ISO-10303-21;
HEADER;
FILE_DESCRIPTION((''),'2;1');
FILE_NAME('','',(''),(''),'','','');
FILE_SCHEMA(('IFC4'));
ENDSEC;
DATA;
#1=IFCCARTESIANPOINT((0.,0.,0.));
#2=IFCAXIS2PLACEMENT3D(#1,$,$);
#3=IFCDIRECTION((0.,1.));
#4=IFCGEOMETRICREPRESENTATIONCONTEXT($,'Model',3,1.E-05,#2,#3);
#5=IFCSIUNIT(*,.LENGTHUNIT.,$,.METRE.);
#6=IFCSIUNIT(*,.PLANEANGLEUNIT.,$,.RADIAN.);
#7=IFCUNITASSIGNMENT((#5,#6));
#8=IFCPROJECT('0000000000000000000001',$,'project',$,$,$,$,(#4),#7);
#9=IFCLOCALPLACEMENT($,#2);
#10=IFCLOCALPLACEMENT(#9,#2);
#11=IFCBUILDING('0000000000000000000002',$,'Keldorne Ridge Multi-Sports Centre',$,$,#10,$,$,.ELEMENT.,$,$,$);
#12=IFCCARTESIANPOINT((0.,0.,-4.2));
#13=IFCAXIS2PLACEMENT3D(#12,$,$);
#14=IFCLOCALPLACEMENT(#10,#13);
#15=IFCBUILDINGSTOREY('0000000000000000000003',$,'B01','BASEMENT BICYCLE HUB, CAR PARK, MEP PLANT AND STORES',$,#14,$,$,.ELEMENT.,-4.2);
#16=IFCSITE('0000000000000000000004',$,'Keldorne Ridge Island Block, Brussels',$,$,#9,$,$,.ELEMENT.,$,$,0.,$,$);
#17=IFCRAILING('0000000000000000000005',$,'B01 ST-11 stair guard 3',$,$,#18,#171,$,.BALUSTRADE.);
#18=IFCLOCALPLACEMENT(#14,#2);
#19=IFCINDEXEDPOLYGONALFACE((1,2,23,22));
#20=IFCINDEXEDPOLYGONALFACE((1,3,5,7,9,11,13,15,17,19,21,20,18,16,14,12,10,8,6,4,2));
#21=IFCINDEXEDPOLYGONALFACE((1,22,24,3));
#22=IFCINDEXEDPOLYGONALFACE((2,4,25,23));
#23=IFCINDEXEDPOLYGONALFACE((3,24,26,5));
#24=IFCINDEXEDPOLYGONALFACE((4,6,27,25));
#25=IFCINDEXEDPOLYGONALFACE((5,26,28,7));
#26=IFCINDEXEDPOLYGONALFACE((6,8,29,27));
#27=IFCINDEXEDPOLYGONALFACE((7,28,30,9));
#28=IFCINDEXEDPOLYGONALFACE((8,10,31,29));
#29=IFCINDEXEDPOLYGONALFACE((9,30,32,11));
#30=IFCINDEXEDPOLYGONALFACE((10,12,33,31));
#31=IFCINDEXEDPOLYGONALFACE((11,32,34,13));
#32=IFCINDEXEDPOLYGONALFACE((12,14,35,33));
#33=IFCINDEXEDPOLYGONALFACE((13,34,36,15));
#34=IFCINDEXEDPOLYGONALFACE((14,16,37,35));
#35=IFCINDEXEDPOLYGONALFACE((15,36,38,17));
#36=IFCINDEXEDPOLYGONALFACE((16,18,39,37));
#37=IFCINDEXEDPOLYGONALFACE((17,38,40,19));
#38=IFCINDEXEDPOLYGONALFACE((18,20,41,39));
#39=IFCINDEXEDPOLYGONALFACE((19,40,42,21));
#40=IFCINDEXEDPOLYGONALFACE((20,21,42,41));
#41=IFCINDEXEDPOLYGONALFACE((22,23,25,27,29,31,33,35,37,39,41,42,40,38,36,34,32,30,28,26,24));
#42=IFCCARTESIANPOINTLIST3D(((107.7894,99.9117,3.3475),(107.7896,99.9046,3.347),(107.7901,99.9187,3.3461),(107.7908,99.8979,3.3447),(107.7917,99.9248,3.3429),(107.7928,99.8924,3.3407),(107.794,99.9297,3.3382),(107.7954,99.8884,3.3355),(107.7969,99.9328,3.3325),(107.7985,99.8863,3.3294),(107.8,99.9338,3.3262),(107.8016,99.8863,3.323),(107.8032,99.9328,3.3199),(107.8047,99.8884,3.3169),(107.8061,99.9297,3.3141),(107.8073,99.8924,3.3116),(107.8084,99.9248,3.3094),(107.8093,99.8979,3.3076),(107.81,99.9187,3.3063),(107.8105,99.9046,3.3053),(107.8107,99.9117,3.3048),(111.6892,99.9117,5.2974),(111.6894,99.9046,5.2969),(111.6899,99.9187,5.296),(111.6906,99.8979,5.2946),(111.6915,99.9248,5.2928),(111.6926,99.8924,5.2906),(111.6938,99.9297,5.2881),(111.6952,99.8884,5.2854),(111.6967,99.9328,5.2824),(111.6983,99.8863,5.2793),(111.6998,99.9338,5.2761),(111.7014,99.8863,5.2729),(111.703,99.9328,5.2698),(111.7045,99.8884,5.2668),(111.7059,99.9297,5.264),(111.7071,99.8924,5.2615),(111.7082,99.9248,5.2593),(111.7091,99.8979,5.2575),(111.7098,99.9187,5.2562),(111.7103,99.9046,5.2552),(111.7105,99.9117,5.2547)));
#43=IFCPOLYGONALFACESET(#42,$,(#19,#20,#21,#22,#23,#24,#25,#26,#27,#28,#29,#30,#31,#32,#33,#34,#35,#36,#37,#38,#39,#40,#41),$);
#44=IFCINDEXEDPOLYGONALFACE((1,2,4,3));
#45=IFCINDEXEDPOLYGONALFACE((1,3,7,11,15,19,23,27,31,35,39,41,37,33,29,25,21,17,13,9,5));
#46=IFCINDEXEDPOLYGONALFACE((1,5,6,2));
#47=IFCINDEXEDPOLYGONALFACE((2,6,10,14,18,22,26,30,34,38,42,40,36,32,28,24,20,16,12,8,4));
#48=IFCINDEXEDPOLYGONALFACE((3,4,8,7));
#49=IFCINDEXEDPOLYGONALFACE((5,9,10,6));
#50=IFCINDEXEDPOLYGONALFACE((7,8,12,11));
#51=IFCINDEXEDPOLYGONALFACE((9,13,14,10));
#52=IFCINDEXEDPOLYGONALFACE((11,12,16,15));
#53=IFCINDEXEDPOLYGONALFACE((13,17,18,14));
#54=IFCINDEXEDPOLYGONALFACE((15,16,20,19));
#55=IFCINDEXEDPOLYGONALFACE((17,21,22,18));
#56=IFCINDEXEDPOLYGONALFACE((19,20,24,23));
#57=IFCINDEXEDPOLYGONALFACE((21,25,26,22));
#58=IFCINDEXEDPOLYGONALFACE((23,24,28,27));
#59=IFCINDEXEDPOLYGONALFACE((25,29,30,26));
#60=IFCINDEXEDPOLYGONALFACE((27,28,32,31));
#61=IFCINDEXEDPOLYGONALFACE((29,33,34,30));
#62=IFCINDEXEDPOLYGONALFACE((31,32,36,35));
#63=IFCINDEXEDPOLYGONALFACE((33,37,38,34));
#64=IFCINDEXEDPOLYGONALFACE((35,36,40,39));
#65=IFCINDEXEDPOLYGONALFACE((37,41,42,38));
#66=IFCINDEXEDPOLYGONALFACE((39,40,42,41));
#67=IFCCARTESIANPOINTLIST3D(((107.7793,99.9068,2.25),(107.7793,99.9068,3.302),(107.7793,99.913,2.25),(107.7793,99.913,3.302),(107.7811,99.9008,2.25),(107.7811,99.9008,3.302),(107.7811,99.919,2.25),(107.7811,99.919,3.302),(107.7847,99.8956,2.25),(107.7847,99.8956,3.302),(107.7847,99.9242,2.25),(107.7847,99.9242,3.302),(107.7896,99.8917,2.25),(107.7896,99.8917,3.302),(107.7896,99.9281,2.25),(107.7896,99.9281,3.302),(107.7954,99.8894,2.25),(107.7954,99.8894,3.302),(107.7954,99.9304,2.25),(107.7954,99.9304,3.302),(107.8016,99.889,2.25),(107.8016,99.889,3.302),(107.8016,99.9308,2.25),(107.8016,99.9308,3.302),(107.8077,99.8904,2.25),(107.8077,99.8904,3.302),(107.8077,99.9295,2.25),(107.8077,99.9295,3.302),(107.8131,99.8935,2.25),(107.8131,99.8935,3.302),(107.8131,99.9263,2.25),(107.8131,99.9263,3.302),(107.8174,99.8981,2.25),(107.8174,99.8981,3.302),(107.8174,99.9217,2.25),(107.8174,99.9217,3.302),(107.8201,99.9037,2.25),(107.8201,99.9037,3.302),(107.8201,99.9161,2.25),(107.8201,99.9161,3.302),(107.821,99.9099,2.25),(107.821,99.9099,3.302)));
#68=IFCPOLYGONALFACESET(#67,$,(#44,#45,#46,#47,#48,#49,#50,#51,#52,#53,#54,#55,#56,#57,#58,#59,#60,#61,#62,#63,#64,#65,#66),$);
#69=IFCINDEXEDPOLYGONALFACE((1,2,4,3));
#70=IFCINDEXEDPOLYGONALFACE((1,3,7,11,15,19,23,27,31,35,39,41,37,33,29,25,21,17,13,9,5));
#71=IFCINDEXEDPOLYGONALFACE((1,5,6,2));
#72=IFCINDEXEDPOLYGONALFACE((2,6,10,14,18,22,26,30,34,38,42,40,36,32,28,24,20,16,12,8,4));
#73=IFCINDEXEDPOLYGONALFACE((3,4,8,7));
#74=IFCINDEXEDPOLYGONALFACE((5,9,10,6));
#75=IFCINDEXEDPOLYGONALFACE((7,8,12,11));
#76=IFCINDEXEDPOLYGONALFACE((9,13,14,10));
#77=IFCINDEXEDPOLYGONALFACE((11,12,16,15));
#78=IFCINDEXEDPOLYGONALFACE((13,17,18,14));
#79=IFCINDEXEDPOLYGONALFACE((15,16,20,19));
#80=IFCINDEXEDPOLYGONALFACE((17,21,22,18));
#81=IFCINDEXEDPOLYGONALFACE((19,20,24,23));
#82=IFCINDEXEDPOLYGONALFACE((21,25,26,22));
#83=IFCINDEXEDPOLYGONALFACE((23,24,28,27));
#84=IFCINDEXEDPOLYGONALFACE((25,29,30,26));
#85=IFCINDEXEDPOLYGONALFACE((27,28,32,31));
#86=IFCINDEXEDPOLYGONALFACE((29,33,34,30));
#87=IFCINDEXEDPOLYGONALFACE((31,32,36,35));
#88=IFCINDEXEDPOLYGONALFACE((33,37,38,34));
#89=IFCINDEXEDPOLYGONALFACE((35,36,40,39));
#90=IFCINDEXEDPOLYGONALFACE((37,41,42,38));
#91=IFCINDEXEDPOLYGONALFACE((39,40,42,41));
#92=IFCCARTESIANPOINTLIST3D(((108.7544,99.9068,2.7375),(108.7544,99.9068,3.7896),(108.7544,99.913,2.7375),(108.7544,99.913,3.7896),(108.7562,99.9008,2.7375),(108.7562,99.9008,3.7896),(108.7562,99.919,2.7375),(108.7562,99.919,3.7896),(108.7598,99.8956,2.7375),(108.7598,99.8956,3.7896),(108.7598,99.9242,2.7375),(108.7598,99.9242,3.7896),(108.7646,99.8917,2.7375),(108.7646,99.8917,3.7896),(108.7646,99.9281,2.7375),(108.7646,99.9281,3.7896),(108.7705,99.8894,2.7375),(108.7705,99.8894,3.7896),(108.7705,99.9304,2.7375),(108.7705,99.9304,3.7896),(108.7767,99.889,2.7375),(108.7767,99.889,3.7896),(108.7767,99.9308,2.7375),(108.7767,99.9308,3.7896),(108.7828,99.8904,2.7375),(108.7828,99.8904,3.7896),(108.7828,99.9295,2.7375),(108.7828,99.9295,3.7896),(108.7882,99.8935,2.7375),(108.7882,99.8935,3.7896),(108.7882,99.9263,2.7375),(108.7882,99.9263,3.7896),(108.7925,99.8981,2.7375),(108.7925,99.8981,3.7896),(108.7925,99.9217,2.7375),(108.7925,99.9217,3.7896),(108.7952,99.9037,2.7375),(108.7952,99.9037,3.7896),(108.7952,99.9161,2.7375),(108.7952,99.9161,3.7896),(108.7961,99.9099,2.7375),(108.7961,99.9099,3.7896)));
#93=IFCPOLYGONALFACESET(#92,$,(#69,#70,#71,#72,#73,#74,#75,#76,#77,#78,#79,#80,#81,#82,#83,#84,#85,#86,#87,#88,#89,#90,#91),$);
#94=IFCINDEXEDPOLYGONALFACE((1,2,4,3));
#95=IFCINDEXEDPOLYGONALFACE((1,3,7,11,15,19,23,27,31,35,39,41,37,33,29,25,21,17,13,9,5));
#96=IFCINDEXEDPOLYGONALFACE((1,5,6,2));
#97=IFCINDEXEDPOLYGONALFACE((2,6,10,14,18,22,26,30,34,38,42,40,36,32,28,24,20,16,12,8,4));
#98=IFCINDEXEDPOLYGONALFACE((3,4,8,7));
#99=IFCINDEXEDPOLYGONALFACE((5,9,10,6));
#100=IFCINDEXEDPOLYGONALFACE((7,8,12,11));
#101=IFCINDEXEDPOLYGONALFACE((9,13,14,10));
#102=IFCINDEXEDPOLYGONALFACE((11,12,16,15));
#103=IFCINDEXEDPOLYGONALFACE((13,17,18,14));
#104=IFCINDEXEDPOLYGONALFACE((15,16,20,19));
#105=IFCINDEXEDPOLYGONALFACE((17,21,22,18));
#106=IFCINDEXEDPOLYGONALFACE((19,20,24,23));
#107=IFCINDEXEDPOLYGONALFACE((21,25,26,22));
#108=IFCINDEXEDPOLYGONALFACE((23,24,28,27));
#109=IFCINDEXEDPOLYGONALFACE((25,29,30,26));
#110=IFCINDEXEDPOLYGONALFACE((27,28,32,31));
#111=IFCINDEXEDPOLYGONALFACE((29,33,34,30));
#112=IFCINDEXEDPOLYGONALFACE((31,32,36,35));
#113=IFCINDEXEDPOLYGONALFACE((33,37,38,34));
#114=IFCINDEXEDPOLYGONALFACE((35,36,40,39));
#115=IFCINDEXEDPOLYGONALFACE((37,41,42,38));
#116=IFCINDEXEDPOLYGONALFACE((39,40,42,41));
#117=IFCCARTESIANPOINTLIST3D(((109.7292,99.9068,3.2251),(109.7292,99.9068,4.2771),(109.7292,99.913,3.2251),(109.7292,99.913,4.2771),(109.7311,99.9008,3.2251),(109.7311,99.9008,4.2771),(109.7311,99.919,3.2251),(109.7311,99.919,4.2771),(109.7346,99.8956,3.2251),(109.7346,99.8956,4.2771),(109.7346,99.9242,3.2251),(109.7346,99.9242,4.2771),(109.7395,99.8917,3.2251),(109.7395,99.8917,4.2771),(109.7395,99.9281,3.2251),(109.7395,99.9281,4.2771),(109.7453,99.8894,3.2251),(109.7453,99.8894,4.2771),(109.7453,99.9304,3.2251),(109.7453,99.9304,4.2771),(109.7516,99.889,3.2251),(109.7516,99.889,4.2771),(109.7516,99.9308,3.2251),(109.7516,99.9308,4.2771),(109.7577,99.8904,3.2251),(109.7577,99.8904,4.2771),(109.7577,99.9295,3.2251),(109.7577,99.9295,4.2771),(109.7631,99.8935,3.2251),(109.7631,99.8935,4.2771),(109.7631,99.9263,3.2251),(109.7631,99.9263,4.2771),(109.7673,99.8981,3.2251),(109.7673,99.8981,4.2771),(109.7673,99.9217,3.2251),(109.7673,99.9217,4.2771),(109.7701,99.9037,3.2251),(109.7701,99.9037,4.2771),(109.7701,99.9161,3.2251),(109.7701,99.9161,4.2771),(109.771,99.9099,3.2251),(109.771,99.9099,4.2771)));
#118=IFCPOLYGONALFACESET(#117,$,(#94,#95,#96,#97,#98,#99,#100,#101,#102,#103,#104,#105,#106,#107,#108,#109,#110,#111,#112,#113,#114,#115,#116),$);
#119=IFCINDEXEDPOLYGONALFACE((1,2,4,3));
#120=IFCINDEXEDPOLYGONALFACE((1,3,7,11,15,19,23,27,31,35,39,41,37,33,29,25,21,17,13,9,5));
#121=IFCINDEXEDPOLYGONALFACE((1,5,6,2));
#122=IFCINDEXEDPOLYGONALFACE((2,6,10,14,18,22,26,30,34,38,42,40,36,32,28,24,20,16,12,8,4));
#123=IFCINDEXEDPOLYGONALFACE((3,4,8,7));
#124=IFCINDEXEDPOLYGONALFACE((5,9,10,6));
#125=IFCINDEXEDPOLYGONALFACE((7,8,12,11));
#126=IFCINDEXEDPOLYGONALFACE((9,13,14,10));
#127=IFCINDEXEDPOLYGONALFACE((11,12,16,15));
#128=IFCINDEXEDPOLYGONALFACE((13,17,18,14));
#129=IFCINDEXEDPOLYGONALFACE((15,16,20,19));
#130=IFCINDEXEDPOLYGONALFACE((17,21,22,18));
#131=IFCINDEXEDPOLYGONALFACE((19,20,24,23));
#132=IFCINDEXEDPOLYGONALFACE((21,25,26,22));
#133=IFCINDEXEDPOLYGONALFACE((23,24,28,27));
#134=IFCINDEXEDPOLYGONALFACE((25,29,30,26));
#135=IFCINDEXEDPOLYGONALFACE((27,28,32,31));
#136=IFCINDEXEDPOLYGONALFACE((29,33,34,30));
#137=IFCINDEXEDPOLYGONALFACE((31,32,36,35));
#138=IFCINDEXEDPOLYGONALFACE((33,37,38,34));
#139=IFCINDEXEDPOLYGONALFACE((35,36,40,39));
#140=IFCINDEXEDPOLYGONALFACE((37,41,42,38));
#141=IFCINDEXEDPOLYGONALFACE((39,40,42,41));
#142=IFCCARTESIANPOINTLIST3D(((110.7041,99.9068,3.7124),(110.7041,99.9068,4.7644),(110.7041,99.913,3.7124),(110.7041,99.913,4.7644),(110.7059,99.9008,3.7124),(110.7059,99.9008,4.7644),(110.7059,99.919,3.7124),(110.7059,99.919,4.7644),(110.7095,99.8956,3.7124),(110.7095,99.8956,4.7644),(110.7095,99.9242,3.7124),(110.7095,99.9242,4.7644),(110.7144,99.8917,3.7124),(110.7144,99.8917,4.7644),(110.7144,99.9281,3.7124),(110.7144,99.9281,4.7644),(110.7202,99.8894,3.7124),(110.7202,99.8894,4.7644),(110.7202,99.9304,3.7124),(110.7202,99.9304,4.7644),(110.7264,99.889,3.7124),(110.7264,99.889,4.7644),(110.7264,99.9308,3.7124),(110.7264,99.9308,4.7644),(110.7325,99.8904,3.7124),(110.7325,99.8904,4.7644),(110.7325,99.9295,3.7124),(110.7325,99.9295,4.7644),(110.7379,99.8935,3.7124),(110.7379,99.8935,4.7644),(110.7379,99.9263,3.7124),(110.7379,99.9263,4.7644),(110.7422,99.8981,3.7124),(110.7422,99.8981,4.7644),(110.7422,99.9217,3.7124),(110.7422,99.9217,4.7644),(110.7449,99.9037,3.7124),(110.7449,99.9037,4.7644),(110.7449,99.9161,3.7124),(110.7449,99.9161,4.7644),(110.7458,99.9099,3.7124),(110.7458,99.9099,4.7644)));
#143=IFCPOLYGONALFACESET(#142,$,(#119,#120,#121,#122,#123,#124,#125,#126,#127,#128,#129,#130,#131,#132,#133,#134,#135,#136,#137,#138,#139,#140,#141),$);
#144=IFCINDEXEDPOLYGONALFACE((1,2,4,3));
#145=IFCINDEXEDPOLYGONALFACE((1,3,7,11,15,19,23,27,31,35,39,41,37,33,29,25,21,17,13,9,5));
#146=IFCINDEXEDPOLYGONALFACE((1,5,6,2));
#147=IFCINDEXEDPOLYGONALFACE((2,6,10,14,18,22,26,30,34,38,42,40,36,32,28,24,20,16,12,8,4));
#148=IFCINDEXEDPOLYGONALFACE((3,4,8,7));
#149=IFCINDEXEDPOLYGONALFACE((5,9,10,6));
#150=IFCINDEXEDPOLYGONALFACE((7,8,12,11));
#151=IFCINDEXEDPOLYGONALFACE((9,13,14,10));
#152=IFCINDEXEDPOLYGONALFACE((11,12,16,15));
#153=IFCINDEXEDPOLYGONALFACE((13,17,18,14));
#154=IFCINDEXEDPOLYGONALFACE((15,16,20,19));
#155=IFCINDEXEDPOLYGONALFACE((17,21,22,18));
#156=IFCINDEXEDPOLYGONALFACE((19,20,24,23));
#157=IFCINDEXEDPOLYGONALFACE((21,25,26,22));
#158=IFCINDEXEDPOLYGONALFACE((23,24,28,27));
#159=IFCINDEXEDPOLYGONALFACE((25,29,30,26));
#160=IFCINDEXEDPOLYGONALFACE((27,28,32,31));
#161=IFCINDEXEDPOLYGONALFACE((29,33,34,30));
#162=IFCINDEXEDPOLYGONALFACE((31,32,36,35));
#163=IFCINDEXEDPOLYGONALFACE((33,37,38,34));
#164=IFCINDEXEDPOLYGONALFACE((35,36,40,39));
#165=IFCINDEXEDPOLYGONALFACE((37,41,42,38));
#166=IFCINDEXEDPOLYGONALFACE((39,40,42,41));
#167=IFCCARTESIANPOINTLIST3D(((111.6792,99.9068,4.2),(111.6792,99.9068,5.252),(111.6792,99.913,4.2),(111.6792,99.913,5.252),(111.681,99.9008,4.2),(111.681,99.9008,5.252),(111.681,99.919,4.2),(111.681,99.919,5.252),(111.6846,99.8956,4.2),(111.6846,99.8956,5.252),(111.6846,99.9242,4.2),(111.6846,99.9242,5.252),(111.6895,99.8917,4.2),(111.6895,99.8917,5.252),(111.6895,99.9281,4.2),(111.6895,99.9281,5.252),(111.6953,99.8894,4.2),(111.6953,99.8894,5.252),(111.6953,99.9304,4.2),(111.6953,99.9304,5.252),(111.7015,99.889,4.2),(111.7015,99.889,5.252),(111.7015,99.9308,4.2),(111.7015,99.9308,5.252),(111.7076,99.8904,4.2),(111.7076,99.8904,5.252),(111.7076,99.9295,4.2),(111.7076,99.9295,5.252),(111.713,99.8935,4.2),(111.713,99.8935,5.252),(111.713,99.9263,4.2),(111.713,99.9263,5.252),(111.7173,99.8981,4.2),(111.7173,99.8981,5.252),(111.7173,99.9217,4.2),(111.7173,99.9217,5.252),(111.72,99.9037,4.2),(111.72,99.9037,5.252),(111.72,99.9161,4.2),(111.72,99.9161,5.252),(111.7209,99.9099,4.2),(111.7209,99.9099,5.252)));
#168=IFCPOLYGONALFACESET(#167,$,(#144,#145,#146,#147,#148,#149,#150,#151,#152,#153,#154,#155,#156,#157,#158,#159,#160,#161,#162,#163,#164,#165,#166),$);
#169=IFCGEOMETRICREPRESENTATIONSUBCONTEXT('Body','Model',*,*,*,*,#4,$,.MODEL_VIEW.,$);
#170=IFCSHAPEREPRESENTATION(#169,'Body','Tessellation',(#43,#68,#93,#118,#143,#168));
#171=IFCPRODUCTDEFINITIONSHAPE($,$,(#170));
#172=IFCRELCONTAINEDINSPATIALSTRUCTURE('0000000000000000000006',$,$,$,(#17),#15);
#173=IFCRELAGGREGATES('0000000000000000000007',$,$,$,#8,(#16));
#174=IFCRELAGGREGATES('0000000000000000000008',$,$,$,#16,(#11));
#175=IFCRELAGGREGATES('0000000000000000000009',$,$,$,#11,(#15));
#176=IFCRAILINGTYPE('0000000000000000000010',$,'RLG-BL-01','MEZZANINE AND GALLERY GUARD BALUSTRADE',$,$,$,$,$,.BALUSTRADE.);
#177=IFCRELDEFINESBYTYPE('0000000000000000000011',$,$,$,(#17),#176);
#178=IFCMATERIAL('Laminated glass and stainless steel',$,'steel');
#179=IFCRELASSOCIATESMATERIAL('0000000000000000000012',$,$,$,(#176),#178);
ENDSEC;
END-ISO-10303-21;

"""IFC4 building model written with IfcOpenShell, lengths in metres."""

from ifc_helpers import new_model, si_unit, direction, frame, origin, origin_2d, place, context, subcontext, project, spatial, circle, extrude, material, type_object, element, save


model = new_model("IFC4")

# Units and contexts
model_context = context("Model", 3, precision=1e-05, world=origin(), true_north=direction((0.0, 1.0)))
body_context = subcontext(model_context, "Body", "Model", "MODEL_VIEW")
ifc_project = project(units=[si_unit("LENGTHUNIT", "METRE"), si_unit("PLANEANGLEUNIT", "RADIAN")], contexts=[model_context])

# Site, building, storey
site_placement = place(None, origin())
site = spatial("IfcSite", under=ifc_project, at=site_placement, Name="Keldorne Ridge Island Block, Brussels", CompositionType="ELEMENT", RefElevation=0.0)
building_placement = place(site_placement, origin())
building = spatial("IfcBuilding", under=site, at=building_placement, Name="Keldorne Ridge Multi-Sports Centre", CompositionType="ELEMENT")
storey_placement = place(building_placement, frame((0.0, 0.0, -4.2)))
storey = spatial("IfcBuildingStorey", under=building, at=storey_placement, Name="B01", Description="BASEMENT BICYCLE HUB, CAR PARK, MEP PLANT AND STORES", CompositionType="ELEMENT", Elevation=-4.2)

# Railing
ifc_material_1 = material(Name="Laminated glass and stainless steel", Category="steel")
railing_type_1 = type_object("IfcRailingType", Name="RLG-BL-01", Description="MEZZANINE AND GALLERY GUARD BALUSTRADE", PredefinedType="BALUSTRADE", material=ifc_material_1)
railing_1_placement = place(storey_placement, frame((107.8, 99.9099, 2.25)))
element("IfcRailing", 1, at=railing_1_placement, inside=storey, type_object=railing_type_1, Name="B01 ST-11 stair guard 3", PredefinedType="BALUSTRADE", context=body_context, shape_type="SweptSolid", body=[
    extrude(circle(Radius=0.0239, at=origin_2d()), frame((0.0, 0.0, 1.0762), z_axis=(0.894427, 0.0, 0.447214), x_axis=(0.0, 1.0, 0.0)), (0.0, 0.0, 1.0), 4.3601),
    extrude(circle(Radius=0.021, at=origin_2d()), origin(), (0.0, 0.0, 1.0), 1.052),
    extrude(circle(Radius=0.021, at=origin_2d()), frame((0.9751, 0.0, 0.4875)), (0.0, 0.0, 1.0), 1.052),
    extrude(circle(Radius=0.021, at=origin_2d()), frame((1.95, 0.0, 0.9751)), (0.0, 0.0, 1.0), 1.052),
    extrude(circle(Radius=0.021, at=origin_2d()), frame((2.9248, 0.0, 1.4624)), (0.0, 0.0, 1.0), 1.052),
    extrude(circle(Radius=0.021, at=origin_2d()), frame((3.8999, 0.0, 1.95)), (0.0, 0.0, 1.0), 1.052),
])

save(model, "model.ifc")
